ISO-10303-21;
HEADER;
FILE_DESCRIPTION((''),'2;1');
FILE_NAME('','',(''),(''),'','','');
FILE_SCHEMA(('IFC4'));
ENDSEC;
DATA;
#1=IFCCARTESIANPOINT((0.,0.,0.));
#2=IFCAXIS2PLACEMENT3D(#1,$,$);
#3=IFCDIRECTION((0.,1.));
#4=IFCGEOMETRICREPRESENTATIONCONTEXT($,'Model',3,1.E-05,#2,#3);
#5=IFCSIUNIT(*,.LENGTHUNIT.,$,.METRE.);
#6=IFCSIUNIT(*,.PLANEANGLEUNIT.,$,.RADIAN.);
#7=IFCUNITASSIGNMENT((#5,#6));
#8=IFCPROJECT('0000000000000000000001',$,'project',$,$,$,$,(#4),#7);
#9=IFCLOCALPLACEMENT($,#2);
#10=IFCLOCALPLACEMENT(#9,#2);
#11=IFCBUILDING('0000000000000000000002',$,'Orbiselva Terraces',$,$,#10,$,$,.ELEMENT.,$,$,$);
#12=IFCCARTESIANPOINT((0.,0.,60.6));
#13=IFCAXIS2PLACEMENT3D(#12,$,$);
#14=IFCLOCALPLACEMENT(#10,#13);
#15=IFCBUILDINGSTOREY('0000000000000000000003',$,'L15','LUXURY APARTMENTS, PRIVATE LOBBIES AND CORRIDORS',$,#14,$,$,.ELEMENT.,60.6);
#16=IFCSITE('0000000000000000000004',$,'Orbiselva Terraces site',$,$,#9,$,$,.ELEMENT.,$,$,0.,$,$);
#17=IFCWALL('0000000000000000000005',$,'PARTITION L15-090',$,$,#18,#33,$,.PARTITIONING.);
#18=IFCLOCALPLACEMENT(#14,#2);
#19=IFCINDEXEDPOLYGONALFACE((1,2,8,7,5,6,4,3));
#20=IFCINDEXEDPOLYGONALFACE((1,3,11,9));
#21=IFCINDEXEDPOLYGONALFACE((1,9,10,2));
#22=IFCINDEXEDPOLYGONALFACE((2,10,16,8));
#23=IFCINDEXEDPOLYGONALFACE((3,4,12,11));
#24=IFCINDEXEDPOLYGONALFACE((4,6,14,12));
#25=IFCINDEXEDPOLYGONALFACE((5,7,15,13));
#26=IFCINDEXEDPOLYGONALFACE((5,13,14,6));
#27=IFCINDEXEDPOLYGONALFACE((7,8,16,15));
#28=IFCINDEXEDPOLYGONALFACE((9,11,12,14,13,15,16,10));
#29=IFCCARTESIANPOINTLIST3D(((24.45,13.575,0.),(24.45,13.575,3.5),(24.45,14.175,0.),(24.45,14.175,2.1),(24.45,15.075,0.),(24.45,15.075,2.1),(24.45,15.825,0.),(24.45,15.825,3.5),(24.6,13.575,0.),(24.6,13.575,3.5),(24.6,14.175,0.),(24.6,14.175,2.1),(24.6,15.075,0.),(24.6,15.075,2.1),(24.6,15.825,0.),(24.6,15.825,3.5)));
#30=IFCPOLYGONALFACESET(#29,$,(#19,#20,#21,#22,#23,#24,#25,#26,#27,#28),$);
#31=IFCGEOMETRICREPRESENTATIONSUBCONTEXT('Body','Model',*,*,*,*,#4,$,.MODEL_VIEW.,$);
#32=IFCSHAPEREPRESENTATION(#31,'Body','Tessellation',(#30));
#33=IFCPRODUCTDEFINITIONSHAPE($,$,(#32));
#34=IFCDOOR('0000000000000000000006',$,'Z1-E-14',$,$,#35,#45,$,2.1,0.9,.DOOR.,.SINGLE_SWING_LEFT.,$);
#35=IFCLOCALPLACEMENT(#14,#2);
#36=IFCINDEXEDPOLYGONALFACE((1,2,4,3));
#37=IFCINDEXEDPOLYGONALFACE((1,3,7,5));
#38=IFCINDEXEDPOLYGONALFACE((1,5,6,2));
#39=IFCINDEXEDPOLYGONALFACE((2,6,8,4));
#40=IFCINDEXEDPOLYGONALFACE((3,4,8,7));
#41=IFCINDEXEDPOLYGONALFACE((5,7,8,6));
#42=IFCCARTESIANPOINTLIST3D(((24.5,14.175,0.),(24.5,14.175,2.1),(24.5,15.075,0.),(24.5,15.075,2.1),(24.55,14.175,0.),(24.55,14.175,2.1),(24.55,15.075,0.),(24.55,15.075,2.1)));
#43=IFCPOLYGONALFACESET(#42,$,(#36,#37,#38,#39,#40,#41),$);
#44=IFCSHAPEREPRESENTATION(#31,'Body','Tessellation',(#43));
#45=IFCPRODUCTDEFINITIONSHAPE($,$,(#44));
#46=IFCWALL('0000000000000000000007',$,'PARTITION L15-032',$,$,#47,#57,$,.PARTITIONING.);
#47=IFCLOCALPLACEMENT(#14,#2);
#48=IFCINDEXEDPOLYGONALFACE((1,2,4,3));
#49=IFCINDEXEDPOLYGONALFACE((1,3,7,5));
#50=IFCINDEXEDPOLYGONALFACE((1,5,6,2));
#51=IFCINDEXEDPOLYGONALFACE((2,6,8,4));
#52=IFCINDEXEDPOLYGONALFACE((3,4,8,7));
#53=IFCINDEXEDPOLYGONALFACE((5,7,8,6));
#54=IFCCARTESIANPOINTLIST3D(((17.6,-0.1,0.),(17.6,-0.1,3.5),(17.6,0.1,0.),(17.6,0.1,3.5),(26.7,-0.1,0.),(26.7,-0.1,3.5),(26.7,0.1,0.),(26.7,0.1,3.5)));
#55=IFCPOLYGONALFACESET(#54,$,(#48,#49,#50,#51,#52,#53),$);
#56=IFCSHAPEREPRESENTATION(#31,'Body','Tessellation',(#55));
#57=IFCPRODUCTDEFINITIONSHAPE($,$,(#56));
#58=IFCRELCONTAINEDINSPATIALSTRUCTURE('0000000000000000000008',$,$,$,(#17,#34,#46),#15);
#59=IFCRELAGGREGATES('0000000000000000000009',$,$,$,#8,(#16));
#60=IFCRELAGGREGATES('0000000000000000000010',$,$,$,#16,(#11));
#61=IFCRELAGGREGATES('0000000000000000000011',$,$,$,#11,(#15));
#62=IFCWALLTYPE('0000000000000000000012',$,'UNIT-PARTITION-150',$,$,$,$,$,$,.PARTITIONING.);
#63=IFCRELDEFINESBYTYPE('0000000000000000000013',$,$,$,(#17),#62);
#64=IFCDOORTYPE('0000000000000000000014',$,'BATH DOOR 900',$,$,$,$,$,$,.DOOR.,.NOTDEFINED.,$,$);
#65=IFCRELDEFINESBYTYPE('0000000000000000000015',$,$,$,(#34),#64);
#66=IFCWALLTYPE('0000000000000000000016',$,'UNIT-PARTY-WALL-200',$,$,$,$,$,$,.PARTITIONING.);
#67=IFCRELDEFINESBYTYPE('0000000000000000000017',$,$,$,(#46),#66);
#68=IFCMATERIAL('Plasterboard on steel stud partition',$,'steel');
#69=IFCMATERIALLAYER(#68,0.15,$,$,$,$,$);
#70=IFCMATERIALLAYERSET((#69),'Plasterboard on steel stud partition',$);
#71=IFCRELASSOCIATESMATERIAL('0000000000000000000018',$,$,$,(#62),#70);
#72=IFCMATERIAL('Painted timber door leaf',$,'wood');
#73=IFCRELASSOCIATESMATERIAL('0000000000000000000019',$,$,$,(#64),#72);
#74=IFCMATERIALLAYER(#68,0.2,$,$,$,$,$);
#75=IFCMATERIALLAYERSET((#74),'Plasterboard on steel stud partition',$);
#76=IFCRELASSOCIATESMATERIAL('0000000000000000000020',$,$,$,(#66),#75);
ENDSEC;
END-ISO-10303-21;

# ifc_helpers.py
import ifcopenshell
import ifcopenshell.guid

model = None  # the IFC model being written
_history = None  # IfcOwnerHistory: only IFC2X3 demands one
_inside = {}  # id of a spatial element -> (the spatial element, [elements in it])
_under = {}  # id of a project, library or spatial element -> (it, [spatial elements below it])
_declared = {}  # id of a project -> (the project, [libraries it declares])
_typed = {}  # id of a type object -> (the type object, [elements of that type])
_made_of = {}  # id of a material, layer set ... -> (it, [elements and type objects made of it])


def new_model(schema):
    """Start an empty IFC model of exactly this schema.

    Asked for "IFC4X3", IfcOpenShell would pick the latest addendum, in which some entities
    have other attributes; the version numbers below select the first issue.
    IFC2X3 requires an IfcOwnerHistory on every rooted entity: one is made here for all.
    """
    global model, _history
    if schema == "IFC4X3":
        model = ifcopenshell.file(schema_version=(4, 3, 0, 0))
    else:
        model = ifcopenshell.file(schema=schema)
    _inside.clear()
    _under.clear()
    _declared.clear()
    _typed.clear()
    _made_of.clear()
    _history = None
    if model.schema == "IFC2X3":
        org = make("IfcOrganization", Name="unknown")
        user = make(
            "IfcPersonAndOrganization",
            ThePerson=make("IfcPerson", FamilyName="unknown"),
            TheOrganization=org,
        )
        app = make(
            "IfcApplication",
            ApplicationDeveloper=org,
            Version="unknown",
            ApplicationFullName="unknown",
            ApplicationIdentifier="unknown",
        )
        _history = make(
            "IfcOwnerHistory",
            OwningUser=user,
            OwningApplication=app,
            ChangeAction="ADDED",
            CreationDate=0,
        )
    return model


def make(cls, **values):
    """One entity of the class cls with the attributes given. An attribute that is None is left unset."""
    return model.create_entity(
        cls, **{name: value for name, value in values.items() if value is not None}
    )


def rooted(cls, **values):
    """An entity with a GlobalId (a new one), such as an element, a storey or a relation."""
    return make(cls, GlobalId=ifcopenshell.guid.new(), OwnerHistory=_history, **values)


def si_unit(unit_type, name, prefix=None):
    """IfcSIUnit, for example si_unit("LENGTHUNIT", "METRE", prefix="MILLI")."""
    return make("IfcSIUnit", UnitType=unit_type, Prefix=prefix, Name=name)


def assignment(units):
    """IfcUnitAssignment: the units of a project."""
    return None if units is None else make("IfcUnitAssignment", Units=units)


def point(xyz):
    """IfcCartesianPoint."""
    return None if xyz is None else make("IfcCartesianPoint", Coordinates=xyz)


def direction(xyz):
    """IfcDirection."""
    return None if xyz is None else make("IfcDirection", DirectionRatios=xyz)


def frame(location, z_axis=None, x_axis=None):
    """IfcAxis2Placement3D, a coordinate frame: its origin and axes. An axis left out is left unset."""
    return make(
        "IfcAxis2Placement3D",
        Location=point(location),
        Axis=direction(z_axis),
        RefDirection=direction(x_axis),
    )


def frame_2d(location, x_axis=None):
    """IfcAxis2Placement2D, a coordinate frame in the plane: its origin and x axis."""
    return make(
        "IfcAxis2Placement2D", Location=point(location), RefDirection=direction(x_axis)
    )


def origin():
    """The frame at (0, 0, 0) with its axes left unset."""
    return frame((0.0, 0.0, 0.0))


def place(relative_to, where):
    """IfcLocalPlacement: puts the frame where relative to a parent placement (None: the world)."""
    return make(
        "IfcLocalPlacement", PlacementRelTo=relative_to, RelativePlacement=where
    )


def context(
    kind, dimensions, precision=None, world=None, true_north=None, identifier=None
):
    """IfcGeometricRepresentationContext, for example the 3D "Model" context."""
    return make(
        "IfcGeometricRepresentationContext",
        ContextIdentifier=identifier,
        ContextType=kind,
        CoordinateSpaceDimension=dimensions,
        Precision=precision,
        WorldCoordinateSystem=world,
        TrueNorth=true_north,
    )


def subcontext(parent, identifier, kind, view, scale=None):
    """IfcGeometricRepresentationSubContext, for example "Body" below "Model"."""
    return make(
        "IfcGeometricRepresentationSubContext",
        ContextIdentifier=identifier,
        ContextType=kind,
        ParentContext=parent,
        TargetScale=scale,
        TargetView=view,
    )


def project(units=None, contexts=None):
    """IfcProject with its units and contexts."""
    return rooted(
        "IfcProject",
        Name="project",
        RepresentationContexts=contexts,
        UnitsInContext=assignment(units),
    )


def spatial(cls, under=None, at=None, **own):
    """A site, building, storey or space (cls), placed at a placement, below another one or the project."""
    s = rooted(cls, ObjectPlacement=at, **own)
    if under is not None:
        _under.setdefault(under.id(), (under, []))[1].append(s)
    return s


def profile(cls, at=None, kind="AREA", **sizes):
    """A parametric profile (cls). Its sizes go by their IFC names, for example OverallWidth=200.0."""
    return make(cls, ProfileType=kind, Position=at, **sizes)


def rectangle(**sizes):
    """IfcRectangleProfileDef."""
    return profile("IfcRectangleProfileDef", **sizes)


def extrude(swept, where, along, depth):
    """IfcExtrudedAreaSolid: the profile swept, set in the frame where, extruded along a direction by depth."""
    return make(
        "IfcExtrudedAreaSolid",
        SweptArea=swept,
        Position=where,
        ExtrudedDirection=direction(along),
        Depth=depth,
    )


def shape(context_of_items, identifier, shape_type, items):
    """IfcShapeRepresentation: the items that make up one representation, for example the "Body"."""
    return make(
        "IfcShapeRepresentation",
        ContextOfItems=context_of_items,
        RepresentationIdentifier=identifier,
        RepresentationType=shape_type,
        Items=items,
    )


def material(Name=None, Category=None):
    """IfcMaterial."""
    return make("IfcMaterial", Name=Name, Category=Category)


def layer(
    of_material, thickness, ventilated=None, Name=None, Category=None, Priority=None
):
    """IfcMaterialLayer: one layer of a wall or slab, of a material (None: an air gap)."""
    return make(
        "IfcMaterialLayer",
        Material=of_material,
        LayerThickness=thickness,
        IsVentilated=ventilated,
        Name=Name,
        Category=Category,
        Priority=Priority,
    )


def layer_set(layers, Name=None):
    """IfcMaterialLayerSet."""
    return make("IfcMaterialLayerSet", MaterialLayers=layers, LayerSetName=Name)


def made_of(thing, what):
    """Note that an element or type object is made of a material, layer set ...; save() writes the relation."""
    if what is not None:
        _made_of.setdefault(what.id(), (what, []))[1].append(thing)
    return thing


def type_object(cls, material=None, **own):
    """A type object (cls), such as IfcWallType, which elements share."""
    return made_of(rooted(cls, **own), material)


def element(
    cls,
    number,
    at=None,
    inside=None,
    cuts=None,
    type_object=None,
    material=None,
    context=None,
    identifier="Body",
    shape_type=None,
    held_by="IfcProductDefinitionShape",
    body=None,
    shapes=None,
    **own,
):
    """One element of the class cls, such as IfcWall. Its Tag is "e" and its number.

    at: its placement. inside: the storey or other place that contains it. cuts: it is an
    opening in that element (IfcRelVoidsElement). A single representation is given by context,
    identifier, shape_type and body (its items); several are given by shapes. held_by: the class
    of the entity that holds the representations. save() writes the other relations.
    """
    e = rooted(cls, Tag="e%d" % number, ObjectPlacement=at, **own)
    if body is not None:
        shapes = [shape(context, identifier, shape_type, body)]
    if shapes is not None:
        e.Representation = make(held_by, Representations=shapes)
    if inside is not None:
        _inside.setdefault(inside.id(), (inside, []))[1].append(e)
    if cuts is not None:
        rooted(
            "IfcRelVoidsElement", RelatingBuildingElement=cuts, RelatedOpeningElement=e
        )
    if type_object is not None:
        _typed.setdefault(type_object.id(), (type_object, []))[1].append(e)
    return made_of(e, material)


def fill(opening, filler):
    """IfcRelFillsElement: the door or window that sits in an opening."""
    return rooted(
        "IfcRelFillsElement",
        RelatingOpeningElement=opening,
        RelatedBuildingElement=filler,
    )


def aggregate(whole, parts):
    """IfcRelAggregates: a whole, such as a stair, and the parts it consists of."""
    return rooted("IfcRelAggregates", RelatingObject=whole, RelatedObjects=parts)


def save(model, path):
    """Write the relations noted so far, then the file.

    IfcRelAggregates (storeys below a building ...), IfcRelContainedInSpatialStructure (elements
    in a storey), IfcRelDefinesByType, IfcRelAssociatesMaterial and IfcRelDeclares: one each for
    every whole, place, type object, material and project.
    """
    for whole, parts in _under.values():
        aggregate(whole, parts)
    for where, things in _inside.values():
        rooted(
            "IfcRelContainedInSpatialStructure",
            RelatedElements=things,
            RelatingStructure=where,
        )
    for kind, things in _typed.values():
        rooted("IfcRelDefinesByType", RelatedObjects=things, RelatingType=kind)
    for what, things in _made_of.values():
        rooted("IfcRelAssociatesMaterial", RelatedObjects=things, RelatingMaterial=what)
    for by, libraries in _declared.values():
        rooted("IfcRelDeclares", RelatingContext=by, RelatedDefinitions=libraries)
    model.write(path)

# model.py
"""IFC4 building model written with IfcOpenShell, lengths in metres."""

from ifc_helpers import new_model, si_unit, direction, frame, frame_2d, origin, place, context, subcontext, project, spatial, rectangle, extrude, material, layer, layer_set, type_object, element, fill, save


model = new_model("IFC4")

# Units and contexts
model_context = context("Model", 3, precision=1e-05, world=origin(), true_north=direction((0.0, 1.0)))
body_context = subcontext(model_context, "Body", "Model", "MODEL_VIEW")
ifc_project = project(units=[si_unit("LENGTHUNIT", "METRE"), si_unit("PLANEANGLEUNIT", "RADIAN")], contexts=[model_context])

# Site, building, storey
site_placement = place(None, origin())
site = spatial("IfcSite", under=ifc_project, at=site_placement, Name="Orbiselva Terraces site", CompositionType="ELEMENT", RefElevation=0.0)
building_placement = place(site_placement, origin())
building = spatial("IfcBuilding", under=site, at=building_placement, Name="Orbiselva Terraces", CompositionType="ELEMENT")
storey_placement = place(building_placement, frame((0.0, 0.0, 60.6)))
storey = spatial("IfcBuildingStorey", under=building, at=storey_placement, Name="L15", Description="LUXURY APARTMENTS, PRIVATE LOBBIES AND CORRIDORS", CompositionType="ELEMENT", Elevation=60.6)

# Shared definitions
ifc_material_1 = material(Name="Plasterboard on steel stud partition", Category="steel")
ifc_material_2 = material(Name="Painted timber door leaf", Category="wood")

# Shared definitions
ifc_layer_1 = layer(ifc_material_1, 0.15)
ifc_layer_set_1 = layer_set([ifc_layer_1], Name="Plasterboard on steel stud partition")
wall_type_1 = type_object("IfcWallType", Name="UNIT-PARTITION-150", PredefinedType="PARTITIONING", material=ifc_layer_set_1)
door_type_1 = type_object("IfcDoorType", Name="BATH DOOR 900", OperationType="NOTDEFINED", PredefinedType="DOOR", material=ifc_material_2)

# Wall, opening, door
wall_1_placement = place(storey_placement, frame((24.525, 13.575, 0.0), z_axis=(0.0, 0.0, 1.0), x_axis=(0.0, 1.0, 0.0)))
wall_1 = element("IfcWall", 1, at=wall_1_placement, inside=storey, type_object=wall_type_1, Name="PARTITION L15-090", PredefinedType="PARTITIONING", context=body_context, shape_type="SweptSolid", body=[
    extrude(rectangle(XDim=2.25, YDim=0.15, at=frame_2d((1.125, 0.0))), origin(), (0.0, 0.0, 1.0), 3.5),
])
opening_1_placement = place(wall_1_placement, frame((0.6, 0.0, 0.0)))
opening_1 = element("IfcOpeningElement", 2, at=opening_1_placement, cuts=wall_1, PredefinedType="OPENING", context=body_context, shape_type="SweptSolid", body=[
    extrude(rectangle(XDim=0.9, YDim=2.1, at=frame_2d((0.45, 1.05))), frame((0.0, 0.085, 0.0), z_axis=(0.0, -1.0, 0.0), x_axis=(1.0, 0.0, 0.0)), (0.0, 0.0, 1.0), 0.17),
])
door_1_placement = place(opening_1_placement, origin())
door_1 = element("IfcDoor", 3, at=door_1_placement, inside=storey, type_object=door_type_1, Name="Z1-E-14", OperationType="SINGLE_SWING_LEFT", OverallHeight=2.1, OverallWidth=0.9, PredefinedType="DOOR", context=body_context, shape_type="SweptSolid", body=[
    extrude(rectangle(XDim=0.9, YDim=2.1, at=frame_2d((0.45, 1.05))), frame((0.0, 0.025, 0.0), z_axis=(0.0, -1.0, 0.0), x_axis=(1.0, 0.0, 0.0)), (0.0, 0.0, 1.0), 0.05),
])
fill(opening_1, door_1)

# Wall
ifc_layer_2 = layer(ifc_material_1, 0.2)
ifc_layer_set_2 = layer_set([ifc_layer_2], Name="Plasterboard on steel stud partition")
wall_type_2 = type_object("IfcWallType", Name="UNIT-PARTY-WALL-200", PredefinedType="PARTITIONING", material=ifc_layer_set_2)
wall_2_placement = place(storey_placement, frame((17.6, 0.0, 0.0), z_axis=(0.0, 0.0, 1.0), x_axis=(1.0, 0.0, 0.0)))
element("IfcWall", 4, at=wall_2_placement, inside=storey, type_object=wall_type_2, Name="PARTITION L15-032", PredefinedType="PARTITIONING", context=body_context, shape_type="SweptSolid", body=[
    extrude(rectangle(XDim=9.1, YDim=0.2, at=frame_2d((4.55, 0.0))), origin(), (0.0, 0.0, 1.0), 3.5),
])

save(model, "model.ifc")
